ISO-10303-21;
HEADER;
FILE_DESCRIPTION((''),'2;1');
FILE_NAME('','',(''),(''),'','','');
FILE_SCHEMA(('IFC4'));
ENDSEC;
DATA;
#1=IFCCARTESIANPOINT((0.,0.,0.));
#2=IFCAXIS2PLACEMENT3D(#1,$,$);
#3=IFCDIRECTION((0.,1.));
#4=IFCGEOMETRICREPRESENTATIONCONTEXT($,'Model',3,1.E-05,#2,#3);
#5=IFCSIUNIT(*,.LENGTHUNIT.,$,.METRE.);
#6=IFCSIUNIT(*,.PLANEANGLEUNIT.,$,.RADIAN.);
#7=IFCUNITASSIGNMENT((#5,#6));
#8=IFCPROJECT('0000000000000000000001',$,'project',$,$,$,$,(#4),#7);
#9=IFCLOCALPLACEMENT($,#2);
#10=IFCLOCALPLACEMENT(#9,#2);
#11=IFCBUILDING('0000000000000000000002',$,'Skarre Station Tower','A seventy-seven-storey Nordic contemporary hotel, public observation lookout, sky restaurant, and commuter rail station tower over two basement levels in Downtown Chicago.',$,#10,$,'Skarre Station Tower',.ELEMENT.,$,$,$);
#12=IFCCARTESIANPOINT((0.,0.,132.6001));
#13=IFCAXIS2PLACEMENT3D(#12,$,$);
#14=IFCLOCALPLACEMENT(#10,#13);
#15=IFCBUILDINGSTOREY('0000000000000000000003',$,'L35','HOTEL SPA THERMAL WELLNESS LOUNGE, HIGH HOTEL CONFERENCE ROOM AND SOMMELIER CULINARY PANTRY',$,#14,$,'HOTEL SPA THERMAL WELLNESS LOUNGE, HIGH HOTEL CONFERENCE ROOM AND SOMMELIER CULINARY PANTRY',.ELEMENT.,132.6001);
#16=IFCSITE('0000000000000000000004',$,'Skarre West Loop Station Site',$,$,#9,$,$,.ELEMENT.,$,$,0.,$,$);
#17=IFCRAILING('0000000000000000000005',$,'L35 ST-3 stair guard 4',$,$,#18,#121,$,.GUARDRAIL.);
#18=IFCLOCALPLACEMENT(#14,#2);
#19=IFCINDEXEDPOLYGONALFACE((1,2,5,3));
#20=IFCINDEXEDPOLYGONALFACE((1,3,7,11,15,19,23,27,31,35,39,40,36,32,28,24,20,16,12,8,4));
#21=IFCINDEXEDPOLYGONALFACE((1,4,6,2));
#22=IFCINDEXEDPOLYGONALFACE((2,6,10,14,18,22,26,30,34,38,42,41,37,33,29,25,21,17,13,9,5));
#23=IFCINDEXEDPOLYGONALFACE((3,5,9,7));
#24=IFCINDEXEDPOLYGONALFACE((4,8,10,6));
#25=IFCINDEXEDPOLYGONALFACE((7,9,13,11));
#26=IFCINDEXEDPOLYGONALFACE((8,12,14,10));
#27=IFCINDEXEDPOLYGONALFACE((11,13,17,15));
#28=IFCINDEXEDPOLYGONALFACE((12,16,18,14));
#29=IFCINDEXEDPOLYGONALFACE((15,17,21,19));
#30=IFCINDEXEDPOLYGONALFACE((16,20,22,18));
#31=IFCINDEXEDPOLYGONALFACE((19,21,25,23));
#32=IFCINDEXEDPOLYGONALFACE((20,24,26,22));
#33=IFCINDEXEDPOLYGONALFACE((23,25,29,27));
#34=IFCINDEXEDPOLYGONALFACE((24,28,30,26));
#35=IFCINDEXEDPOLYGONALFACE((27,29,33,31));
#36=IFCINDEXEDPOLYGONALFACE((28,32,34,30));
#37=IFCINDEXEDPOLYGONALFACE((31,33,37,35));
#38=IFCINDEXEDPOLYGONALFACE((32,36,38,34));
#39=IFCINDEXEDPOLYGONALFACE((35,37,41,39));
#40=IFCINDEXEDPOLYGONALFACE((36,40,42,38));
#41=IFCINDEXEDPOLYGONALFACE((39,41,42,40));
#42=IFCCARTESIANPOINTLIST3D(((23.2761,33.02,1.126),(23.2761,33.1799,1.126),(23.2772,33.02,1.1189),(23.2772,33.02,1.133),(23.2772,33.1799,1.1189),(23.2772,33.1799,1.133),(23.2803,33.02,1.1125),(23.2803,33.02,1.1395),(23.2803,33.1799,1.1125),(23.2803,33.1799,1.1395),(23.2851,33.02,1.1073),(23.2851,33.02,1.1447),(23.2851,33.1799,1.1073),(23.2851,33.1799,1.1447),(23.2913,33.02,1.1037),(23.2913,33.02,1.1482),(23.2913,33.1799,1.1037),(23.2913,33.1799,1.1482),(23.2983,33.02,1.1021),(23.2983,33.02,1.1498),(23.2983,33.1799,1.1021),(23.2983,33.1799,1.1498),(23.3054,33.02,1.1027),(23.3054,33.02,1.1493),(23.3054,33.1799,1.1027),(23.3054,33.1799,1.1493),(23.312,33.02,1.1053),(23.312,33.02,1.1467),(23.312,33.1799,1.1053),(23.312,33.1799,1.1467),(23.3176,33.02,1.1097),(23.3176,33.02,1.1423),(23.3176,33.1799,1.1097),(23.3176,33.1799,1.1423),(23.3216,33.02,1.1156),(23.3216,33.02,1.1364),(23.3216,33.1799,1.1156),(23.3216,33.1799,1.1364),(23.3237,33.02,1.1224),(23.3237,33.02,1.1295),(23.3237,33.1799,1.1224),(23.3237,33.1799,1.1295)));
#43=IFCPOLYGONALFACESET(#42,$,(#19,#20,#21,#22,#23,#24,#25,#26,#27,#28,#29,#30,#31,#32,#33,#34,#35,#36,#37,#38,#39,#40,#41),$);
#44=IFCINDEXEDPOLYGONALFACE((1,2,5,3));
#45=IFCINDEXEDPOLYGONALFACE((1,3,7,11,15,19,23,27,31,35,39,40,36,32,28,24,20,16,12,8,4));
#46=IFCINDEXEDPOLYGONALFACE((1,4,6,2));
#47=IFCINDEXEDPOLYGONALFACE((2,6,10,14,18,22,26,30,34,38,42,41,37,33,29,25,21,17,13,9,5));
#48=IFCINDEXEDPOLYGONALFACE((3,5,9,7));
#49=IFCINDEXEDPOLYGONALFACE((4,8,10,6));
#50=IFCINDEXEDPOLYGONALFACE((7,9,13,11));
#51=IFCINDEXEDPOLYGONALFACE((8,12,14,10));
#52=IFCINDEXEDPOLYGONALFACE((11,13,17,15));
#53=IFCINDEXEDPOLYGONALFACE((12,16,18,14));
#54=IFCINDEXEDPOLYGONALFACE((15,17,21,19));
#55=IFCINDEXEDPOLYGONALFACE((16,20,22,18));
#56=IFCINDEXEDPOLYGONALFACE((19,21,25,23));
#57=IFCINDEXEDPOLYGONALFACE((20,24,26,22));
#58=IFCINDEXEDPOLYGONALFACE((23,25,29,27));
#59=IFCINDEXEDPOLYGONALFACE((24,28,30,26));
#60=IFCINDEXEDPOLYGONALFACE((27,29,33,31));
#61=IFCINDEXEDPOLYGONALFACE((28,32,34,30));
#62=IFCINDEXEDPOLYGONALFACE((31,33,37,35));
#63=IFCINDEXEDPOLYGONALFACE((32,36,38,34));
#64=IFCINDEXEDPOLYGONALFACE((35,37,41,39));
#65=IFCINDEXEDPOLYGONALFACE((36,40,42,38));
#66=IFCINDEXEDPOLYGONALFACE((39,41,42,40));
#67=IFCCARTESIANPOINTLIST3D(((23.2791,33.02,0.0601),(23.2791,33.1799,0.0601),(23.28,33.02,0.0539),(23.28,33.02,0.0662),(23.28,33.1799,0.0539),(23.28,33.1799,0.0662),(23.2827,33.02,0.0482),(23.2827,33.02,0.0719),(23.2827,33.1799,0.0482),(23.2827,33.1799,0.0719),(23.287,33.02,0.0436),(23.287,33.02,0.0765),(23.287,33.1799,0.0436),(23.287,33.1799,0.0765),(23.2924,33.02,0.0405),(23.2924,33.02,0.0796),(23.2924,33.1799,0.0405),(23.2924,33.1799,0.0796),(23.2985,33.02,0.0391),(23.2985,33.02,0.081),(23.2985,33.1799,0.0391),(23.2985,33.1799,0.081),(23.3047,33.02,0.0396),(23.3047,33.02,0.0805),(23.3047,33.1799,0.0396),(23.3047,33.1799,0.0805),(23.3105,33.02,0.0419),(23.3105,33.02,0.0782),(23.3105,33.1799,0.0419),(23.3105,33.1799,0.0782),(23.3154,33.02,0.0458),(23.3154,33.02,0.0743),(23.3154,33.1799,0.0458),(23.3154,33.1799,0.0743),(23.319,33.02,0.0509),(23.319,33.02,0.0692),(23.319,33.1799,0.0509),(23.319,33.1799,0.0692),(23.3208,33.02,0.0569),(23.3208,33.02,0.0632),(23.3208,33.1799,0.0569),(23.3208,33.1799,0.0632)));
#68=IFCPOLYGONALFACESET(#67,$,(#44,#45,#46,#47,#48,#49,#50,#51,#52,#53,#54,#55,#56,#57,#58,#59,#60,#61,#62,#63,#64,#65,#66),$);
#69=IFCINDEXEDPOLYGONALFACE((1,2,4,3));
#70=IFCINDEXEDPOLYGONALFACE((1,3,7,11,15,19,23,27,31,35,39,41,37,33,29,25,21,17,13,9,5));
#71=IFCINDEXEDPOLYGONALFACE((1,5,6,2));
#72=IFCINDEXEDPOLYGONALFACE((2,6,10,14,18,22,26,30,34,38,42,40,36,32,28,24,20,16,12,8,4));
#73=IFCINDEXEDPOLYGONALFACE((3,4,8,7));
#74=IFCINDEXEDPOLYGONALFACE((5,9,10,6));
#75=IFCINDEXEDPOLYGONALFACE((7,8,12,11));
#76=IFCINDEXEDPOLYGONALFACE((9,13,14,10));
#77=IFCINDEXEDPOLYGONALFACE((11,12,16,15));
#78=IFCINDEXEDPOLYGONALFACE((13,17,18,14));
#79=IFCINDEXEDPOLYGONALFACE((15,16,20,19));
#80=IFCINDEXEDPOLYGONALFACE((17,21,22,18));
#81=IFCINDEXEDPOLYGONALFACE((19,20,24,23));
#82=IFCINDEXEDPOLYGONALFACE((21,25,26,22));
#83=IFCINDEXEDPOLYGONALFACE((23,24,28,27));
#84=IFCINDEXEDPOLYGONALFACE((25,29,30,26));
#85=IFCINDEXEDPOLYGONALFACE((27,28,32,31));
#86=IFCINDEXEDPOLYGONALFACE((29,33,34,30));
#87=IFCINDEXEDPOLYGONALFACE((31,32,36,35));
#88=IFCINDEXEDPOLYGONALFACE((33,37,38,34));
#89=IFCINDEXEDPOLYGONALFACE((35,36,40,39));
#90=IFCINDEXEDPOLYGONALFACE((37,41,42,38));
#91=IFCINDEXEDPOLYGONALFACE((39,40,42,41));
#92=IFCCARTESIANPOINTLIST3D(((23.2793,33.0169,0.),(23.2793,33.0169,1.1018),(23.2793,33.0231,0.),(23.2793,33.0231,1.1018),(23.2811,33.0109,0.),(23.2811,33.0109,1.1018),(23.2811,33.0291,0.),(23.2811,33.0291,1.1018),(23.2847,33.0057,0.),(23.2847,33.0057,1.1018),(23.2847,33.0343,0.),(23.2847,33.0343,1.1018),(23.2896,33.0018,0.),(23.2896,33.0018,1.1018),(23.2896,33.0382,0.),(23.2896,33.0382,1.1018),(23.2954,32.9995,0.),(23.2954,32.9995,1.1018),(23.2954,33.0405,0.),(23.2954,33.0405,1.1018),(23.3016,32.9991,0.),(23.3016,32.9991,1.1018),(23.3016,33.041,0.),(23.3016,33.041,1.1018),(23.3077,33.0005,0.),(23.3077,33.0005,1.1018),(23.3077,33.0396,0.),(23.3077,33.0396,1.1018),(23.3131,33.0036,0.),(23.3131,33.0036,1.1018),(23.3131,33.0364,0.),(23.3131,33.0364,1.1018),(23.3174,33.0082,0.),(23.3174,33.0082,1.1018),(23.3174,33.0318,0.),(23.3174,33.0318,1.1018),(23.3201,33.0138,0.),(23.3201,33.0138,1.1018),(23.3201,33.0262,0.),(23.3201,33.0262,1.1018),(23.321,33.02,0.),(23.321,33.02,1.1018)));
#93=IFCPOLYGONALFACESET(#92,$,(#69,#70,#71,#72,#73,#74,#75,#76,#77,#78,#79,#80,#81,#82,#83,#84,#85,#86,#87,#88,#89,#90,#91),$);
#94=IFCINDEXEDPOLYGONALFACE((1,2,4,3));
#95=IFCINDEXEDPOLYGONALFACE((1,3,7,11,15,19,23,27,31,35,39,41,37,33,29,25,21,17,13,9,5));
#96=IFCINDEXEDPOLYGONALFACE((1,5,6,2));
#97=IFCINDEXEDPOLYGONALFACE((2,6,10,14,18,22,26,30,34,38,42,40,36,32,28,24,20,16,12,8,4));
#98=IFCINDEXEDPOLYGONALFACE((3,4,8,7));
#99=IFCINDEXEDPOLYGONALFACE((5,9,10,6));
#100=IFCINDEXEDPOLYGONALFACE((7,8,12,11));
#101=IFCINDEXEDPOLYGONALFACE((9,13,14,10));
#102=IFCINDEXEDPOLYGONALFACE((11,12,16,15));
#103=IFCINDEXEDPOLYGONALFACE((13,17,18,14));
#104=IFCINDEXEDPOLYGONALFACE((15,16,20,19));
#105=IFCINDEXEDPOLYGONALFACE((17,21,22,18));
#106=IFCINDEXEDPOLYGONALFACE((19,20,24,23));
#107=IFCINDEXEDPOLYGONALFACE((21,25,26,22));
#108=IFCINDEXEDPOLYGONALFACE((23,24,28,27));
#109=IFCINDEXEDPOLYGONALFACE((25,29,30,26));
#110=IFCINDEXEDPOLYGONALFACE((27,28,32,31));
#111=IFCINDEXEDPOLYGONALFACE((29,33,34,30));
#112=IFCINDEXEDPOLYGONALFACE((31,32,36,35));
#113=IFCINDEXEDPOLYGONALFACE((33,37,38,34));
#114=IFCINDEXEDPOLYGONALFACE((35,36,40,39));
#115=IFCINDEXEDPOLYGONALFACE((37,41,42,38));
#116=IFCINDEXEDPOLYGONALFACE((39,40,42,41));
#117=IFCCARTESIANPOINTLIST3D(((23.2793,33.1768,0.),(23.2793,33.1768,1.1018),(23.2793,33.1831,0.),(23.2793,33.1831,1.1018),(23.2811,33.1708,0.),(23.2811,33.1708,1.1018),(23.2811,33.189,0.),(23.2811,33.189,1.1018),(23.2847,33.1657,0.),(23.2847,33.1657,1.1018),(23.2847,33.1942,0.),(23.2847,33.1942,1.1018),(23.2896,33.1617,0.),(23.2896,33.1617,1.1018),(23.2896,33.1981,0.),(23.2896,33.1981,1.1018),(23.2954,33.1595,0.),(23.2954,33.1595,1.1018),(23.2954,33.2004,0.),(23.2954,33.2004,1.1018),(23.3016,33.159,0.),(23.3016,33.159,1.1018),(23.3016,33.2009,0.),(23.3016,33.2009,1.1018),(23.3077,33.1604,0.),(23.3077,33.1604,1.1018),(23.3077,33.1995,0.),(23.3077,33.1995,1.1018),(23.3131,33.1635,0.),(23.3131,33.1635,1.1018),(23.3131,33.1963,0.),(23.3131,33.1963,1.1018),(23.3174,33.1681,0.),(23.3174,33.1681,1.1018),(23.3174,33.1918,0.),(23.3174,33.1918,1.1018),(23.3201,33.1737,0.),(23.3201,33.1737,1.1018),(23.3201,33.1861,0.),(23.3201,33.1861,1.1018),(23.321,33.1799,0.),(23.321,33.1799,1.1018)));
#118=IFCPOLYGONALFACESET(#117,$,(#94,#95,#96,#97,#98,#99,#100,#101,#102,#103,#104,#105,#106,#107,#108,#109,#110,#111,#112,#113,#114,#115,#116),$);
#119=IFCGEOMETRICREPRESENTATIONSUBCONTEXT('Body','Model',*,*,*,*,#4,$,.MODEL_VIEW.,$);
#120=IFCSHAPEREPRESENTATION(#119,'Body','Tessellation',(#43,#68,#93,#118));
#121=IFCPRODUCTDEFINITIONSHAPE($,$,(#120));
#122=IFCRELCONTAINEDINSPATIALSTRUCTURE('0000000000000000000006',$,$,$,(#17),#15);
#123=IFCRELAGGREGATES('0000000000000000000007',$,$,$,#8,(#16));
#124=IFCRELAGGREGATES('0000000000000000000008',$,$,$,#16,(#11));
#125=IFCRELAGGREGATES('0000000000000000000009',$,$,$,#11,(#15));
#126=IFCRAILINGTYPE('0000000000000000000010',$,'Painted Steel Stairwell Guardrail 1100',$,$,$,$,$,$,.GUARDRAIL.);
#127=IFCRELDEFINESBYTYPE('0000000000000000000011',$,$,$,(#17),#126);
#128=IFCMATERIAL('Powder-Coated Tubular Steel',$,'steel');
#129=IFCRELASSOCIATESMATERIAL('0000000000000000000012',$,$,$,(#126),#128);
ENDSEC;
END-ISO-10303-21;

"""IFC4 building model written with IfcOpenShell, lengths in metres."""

from ifc_helpers import new_model, si_unit, direction, frame, origin, origin_2d, place, context, subcontext, project, spatial, circle, extrude, material, type_object, element, save


model = new_model("IFC4")

# Units and contexts
model_context = context("Model", 3, precision=1e-05, world=origin(), true_north=direction((0.0, 1.0)))
body_context = subcontext(model_context, "Body", "Model", "MODEL_VIEW")
ifc_project = project(units=[si_unit("LENGTHUNIT", "METRE"), si_unit("PLANEANGLEUNIT", "RADIAN")], contexts=[model_context])

# Site, building, storey
site_placement = place(None, origin())
site = spatial("IfcSite", under=ifc_project, at=site_placement, Name="Skarre West Loop Station Site", CompositionType="ELEMENT", RefElevation=0.0)
building_placement = place(site_placement, origin())
building = spatial("IfcBuilding", under=site, at=building_placement, Name="Skarre Station Tower", Description="A seventy-seven-storey Nordic contemporary hotel, public observation lookout, sky restaurant, and commuter rail station tower over two basement levels in Downtown Chicago.", LongName="Skarre Station Tower", CompositionType="ELEMENT")
storey_placement = place(building_placement, frame((0.0, 0.0, 132.6001)))
storey = spatial("IfcBuildingStorey", under=building, at=storey_placement, Name="L35", Description="HOTEL SPA THERMAL WELLNESS LOUNGE, HIGH HOTEL CONFERENCE ROOM AND SOMMELIER CULINARY PANTRY", LongName="HOTEL SPA THERMAL WELLNESS LOUNGE, HIGH HOTEL CONFERENCE ROOM AND SOMMELIER CULINARY PANTRY", CompositionType="ELEMENT", Elevation=132.6001)

# Railing
ifc_material_1 = material(Name="Powder-Coated Tubular Steel", Category="steel")
railing_type_1 = type_object("IfcRailingType", Name="Painted Steel Stairwell Guardrail 1100", PredefinedType="GUARDRAIL", material=ifc_material_1)
railing_1_placement = place(storey_placement, frame((23.3, 33.02, 0.0)))
element("IfcRailing", 1, at=railing_1_placement, inside=storey, type_object=railing_type_1, Name="L35 ST-3 stair guard 4", PredefinedType="GUARDRAIL", context=body_context, shape_type="SweptSolid", body=[
    extrude(circle(Radius=0.0239, at=origin_2d()), frame((0.0, 0.0, 1.126), z_axis=(0.0, 1.0, 0.0), x_axis=(-1.0, 0.0, 0.0)), (0.0, 0.0, 1.0), 0.1599),
    extrude(circle(Radius=0.021, at=origin_2d()), frame((0.0, 0.0, 0.0601), z_axis=(0.0, 1.0, 0.0), x_axis=(-1.0, 0.0, 0.0)), (0.0, 0.0, 1.0), 0.1599),
    extrude(circle(Radius=0.021, at=origin_2d()), origin(), (0.0, 0.0, 1.0), 1.1018),
    extrude(circle(Radius=0.021, at=origin_2d()), frame((0.0, 0.1599, 0.0)), (0.0, 0.0, 1.0), 1.1018),
])

save(model, "model.ifc")
